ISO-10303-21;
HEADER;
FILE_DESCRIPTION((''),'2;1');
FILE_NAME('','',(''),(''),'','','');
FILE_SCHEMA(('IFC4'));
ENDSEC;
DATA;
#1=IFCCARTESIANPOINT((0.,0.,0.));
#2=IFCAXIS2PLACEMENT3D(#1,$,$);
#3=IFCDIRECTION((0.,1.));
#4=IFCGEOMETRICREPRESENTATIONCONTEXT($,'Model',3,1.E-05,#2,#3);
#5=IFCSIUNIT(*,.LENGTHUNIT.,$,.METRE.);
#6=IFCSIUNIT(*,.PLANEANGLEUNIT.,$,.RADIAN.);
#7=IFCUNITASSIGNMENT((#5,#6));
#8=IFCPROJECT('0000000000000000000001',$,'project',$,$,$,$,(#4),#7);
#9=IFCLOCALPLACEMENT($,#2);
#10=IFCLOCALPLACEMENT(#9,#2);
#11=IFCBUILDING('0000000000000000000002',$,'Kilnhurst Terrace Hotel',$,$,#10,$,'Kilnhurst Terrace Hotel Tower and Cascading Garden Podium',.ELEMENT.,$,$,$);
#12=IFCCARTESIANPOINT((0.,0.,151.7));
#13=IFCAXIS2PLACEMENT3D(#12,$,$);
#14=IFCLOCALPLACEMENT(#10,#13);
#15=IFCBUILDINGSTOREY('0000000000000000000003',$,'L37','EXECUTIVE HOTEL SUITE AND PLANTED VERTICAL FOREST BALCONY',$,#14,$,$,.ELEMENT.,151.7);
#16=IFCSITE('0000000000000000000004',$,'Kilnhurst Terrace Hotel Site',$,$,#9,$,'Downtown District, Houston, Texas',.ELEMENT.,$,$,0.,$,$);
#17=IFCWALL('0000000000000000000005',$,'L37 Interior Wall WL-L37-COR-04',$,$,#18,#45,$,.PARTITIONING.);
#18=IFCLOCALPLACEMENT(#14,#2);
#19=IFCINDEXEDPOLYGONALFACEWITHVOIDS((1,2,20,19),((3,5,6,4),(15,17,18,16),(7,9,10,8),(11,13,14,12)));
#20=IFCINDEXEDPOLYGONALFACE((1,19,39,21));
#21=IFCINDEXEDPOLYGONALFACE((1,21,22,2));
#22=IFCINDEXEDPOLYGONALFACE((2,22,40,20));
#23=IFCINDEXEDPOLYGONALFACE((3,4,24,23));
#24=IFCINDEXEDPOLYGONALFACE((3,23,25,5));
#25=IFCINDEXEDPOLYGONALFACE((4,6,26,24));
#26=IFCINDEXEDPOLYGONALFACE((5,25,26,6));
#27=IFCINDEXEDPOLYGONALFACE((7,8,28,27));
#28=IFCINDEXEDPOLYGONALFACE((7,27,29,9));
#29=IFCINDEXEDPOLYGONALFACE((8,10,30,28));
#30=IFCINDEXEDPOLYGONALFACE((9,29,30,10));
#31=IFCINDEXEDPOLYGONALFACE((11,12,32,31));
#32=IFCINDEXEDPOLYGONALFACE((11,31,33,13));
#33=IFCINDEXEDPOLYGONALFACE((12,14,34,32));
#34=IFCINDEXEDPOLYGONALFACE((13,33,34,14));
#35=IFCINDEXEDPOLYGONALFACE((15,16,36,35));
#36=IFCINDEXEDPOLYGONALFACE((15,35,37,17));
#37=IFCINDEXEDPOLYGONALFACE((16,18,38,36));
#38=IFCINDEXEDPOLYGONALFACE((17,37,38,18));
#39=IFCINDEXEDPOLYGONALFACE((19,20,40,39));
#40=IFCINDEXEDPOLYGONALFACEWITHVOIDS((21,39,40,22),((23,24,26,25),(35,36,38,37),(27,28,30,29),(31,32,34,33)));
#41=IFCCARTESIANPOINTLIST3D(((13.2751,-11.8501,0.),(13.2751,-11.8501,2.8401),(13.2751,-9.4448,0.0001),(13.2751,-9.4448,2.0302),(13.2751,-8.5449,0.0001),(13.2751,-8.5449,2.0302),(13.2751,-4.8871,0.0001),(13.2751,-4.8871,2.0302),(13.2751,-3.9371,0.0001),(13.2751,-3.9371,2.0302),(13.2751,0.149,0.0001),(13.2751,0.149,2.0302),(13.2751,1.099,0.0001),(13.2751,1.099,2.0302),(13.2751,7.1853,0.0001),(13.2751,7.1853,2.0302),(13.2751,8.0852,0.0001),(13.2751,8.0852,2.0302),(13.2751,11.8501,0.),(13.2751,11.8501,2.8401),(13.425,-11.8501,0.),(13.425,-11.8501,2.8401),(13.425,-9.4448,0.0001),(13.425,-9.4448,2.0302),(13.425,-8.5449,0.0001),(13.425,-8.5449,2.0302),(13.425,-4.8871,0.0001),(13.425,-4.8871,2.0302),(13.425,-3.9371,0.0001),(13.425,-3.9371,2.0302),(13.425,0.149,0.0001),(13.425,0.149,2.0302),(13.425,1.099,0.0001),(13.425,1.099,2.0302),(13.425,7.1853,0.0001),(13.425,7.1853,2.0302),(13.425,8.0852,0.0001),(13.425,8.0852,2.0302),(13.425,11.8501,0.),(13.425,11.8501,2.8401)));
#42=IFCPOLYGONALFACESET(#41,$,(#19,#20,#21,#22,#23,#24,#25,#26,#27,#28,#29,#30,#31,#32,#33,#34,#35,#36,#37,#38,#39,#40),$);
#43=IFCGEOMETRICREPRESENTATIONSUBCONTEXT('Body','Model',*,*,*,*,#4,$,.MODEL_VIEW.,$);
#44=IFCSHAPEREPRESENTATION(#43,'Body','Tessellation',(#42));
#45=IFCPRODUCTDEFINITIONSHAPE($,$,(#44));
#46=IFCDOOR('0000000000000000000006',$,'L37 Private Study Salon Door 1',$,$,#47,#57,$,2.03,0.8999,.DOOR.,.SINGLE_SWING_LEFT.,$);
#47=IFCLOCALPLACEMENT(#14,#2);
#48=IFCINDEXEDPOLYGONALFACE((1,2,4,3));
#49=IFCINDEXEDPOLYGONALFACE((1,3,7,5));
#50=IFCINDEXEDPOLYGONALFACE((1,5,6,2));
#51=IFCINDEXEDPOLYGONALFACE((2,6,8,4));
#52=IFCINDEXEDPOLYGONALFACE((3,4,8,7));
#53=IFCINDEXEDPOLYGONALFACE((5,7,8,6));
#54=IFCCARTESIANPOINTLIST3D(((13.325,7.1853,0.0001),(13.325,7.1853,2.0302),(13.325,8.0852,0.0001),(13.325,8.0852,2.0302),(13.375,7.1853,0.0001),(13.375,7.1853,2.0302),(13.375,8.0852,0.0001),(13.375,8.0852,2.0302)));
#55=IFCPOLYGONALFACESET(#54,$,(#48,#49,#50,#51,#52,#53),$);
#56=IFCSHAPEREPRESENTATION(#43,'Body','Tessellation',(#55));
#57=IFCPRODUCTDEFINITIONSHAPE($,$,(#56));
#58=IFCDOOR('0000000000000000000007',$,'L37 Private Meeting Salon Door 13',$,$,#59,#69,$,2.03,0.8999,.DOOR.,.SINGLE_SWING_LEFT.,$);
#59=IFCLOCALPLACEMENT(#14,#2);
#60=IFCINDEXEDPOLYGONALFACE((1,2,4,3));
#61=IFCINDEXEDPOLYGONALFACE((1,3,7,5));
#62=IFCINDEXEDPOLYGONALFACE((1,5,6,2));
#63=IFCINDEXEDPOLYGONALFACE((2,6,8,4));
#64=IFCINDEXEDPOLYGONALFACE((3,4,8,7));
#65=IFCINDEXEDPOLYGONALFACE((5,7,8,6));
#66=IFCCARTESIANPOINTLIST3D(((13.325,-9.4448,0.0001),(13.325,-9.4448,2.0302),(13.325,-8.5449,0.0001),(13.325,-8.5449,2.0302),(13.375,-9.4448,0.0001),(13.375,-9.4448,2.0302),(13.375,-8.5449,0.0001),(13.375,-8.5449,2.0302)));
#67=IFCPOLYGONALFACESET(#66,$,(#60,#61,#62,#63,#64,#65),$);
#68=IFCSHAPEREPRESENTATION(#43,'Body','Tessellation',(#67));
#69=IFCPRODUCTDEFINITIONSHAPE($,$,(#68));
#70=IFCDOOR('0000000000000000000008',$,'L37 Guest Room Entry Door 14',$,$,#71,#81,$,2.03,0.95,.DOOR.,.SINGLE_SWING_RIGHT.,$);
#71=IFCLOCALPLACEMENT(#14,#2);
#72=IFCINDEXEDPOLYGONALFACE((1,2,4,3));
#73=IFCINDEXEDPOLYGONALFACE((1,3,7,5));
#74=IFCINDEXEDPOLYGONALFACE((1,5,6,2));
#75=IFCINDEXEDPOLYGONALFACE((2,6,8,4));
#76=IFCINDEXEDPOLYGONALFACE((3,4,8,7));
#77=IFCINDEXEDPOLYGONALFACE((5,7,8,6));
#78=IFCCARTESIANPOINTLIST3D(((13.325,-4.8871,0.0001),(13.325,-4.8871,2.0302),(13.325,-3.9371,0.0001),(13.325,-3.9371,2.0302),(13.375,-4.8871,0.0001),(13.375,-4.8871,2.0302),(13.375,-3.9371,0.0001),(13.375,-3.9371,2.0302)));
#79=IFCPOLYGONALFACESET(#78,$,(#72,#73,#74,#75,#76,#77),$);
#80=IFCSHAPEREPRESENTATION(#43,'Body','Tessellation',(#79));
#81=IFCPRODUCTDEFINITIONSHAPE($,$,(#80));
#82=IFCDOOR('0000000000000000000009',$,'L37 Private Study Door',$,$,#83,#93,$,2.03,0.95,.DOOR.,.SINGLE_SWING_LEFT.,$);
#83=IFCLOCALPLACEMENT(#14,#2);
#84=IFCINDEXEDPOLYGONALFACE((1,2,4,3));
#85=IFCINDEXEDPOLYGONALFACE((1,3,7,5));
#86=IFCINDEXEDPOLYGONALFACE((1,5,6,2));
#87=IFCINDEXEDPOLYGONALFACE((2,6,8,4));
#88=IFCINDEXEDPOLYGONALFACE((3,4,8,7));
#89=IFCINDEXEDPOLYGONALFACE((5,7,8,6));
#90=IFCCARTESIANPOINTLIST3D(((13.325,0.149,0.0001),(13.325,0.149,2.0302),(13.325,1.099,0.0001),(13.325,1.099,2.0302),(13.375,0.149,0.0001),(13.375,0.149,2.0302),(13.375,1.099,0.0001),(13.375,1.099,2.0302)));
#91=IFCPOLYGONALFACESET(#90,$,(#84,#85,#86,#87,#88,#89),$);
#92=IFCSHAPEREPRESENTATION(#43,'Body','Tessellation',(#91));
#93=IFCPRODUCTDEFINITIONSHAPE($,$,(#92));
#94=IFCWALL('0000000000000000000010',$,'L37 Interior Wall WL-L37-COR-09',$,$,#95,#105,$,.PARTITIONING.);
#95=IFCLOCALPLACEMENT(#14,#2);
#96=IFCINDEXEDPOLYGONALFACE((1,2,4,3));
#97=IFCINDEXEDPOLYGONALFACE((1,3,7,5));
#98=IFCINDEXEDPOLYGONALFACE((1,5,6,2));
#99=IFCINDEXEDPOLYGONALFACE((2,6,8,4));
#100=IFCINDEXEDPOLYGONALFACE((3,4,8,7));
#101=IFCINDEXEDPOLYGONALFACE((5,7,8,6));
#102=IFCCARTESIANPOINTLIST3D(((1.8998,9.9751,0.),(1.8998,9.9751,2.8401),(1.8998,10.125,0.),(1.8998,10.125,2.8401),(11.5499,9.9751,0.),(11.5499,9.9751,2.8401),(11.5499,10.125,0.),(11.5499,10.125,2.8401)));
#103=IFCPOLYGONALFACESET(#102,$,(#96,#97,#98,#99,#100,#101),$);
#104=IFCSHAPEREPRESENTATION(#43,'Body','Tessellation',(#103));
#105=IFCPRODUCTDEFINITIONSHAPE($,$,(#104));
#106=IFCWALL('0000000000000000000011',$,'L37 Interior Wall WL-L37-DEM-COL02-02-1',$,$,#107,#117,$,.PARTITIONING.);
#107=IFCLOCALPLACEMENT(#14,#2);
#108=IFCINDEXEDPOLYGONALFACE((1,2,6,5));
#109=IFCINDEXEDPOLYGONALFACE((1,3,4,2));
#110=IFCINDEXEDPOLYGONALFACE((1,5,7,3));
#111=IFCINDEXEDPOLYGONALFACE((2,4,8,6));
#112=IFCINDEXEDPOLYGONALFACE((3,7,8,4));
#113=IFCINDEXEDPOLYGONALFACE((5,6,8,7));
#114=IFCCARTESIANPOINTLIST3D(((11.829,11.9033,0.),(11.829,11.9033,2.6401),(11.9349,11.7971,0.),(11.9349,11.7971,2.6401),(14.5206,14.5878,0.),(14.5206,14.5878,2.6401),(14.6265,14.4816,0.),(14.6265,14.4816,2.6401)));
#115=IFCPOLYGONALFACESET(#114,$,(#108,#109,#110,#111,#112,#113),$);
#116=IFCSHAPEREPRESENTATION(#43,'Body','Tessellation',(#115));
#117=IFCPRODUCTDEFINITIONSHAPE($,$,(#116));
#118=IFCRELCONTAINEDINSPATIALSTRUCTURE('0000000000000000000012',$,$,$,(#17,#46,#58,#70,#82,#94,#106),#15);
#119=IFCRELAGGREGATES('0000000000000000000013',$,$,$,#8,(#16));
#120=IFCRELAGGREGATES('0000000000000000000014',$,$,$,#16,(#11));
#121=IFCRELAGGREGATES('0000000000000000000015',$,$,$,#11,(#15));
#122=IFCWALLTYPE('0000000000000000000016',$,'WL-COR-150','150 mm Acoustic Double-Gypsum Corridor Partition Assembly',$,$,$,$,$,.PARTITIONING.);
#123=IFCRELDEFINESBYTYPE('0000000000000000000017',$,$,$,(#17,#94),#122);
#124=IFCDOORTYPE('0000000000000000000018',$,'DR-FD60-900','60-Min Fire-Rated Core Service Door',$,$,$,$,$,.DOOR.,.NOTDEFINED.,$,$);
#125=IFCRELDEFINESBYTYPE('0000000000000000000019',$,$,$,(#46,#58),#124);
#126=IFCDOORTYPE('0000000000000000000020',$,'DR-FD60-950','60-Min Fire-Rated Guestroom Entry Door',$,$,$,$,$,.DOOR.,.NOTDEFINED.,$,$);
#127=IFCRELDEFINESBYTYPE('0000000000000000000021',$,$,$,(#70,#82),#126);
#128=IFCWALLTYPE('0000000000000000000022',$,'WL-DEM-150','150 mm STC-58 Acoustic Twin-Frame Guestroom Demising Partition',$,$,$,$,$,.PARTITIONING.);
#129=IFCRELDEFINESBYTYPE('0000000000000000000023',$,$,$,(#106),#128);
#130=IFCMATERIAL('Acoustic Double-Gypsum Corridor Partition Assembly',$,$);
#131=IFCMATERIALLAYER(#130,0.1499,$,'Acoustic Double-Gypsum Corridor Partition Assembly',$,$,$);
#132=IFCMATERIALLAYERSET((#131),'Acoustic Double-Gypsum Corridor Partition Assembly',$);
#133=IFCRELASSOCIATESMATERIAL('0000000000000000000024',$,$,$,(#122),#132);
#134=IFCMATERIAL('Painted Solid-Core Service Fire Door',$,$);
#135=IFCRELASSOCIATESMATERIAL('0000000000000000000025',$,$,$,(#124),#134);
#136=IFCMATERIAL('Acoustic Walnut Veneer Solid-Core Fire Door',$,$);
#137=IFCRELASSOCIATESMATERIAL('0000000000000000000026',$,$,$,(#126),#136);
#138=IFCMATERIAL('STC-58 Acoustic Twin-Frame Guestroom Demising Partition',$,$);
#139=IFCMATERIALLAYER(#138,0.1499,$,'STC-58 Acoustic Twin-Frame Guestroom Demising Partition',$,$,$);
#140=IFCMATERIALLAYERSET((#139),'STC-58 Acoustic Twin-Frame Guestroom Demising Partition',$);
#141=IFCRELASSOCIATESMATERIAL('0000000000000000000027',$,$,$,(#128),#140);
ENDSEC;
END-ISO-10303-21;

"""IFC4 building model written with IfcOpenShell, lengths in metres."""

from ifc_helpers import new_model, si_unit, direction, frame, frame_2d, origin, place, context, subcontext, project, spatial, rectangle, extrude, material, layer, layer_set, type_object, element, fill, save


model = new_model("IFC4")

# Units and contexts
model_context = context("Model", 3, precision=1e-05, world=origin(), true_north=direction((0.0, 1.0)))
body_context = subcontext(model_context, "Body", "Model", "MODEL_VIEW")
ifc_project = project(units=[si_unit("LENGTHUNIT", "METRE"), si_unit("PLANEANGLEUNIT", "RADIAN")], contexts=[model_context])

# Site, building, storey
site_placement = place(None, origin())
site = spatial("IfcSite", under=ifc_project, at=site_placement, Name="Kilnhurst Terrace Hotel Site", LongName="Downtown District, Houston, Texas", CompositionType="ELEMENT", RefElevation=0.0)
building_placement = place(site_placement, origin())
building = spatial("IfcBuilding", under=site, at=building_placement, Name="Kilnhurst Terrace Hotel", LongName="Kilnhurst Terrace Hotel Tower and Cascading Garden Podium", CompositionType="ELEMENT")
storey_placement = place(building_placement, frame((0.0, 0.0, 151.7)))
storey = spatial("IfcBuildingStorey", under=building, at=storey_placement, Name="L37", Description="EXECUTIVE HOTEL SUITE AND PLANTED VERTICAL FOREST BALCONY", CompositionType="ELEMENT", Elevation=151.7)

# Wall, openings, doors
ifc_material_1 = material(Name="Acoustic Double-Gypsum Corridor Partition Assembly")
ifc_layer_1 = layer(ifc_material_1, 0.1499, Name="Acoustic Double-Gypsum Corridor Partition Assembly")
ifc_layer_set_1 = layer_set([ifc_layer_1], Name="Acoustic Double-Gypsum Corridor Partition Assembly")
wall_type_1 = type_object("IfcWallType", Name="WL-COR-150", Description="150 mm Acoustic Double-Gypsum Corridor Partition Assembly", PredefinedType="PARTITIONING", material=ifc_layer_set_1)
wall_1_placement = place(storey_placement, frame((13.3501, 11.8501, 0.0), z_axis=(0.0, 0.0, 1.0), x_axis=(0.0, -1.0, 0.0)))
wall_1 = element("IfcWall", 1, at=wall_1_placement, inside=storey, type_object=wall_type_1, Name="L37 Interior Wall WL-L37-COR-04", PredefinedType="PARTITIONING", context=body_context, shape_type="SweptSolid", body=[
    extrude(rectangle(XDim=23.7002, YDim=0.1499, at=frame_2d((11.8501, 0.0))), origin(), (0.0, 0.0, 1.0), 2.8401),
])
opening_1_placement = place(wall_1_placement, frame((3.7649, 0.0, 0.0)))
opening_1 = element("IfcOpeningElement", 2, at=opening_1_placement, cuts=wall_1, PredefinedType="OPENING", context=body_context, shape_type="SweptSolid", body=[
    extrude(rectangle(XDim=0.8999, YDim=2.03, at=frame_2d((0.45, 1.0151))), frame((0.0, 0.085, 0.0), z_axis=(0.0, -1.0, 0.0), x_axis=(1.0, 0.0, 0.0)), (0.0, 0.0, 1.0), 0.1699),
])
opening_2_placement = place(wall_1_placement, frame((20.395, 0.0, 0.0)))
opening_2 = element("IfcOpeningElement", 3, at=opening_2_placement, cuts=wall_1, PredefinedType="OPENING", context=body_context, shape_type="SweptSolid", body=[
    extrude(rectangle(XDim=0.8999, YDim=2.03, at=frame_2d((0.45, 1.0151))), frame((0.0, 0.085, 0.0), z_axis=(0.0, -1.0, 0.0), x_axis=(1.0, 0.0, 0.0)), (0.0, 0.0, 1.0), 0.1699),
])
opening_3_placement = place(wall_1_placement, frame((15.7871, 0.0, 0.0)))
opening_3 = element("IfcOpeningElement", 4, at=opening_3_placement, cuts=wall_1, PredefinedType="OPENING", context=body_context, shape_type="SweptSolid", body=[
    extrude(rectangle(XDim=0.95, YDim=2.03, at=frame_2d((0.4751, 1.0151))), frame((0.0, 0.085, 0.0), z_axis=(0.0, -1.0, 0.0), x_axis=(1.0, 0.0, 0.0)), (0.0, 0.0, 1.0), 0.1699),
])
opening_4_placement = place(wall_1_placement, frame((10.751, 0.0, 0.0)))
opening_4 = element("IfcOpeningElement", 5, at=opening_4_placement, cuts=wall_1, PredefinedType="OPENING", context=body_context, shape_type="SweptSolid", body=[
    extrude(rectangle(XDim=0.95, YDim=2.03, at=frame_2d((0.4751, 1.0151))), frame((0.0, 0.085, 0.0), z_axis=(0.0, -1.0, 0.0), x_axis=(1.0, 0.0, 0.0)), (0.0, 0.0, 1.0), 0.1699),
])
ifc_material_2 = material(Name="Painted Solid-Core Service Fire Door")
door_type_1 = type_object("IfcDoorType", Name="DR-FD60-900", Description="60-Min Fire-Rated Core Service Door", OperationType="NOTDEFINED", PredefinedType="DOOR", material=ifc_material_2)
door_1_placement = place(opening_1_placement, origin())
door_1 = element("IfcDoor", 6, at=door_1_placement, inside=storey, type_object=door_type_1, Name="L37 Private Study Salon Door 1", OperationType="SINGLE_SWING_LEFT", OverallHeight=2.03, OverallWidth=0.8999, PredefinedType="DOOR", context=body_context, shape_type="SweptSolid", body=[
    extrude(rectangle(XDim=0.8999, YDim=2.03, at=frame_2d((0.45, 1.0151))), frame((0.0, 0.0249, 0.0), z_axis=(0.0, -1.0, 0.0), x_axis=(1.0, 0.0, 0.0)), (0.0, 0.0, 1.0), 0.05),
])
fill(opening_1, door_1)
door_2_placement = place(opening_2_placement, origin())
door_2 = element("IfcDoor", 7, at=door_2_placement, inside=storey, type_object=door_type_1, Name="L37 Private Meeting Salon Door 13", OperationType="SINGLE_SWING_LEFT", OverallHeight=2.03, OverallWidth=0.8999, PredefinedType="DOOR", context=body_context, shape_type="SweptSolid", body=[
    extrude(rectangle(XDim=0.8999, YDim=2.03, at=frame_2d((0.45, 1.0151))), frame((0.0, 0.0249, 0.0), z_axis=(0.0, -1.0, 0.0), x_axis=(1.0, 0.0, 0.0)), (0.0, 0.0, 1.0), 0.05),
])
fill(opening_2, door_2)
ifc_material_3 = material(Name="Acoustic Walnut Veneer Solid-Core Fire Door")
door_type_2 = type_object("IfcDoorType", Name="DR-FD60-950", Description="60-Min Fire-Rated Guestroom Entry Door", OperationType="NOTDEFINED", PredefinedType="DOOR", material=ifc_material_3)
door_3_placement = place(opening_3_placement, origin())
door_3 = element("IfcDoor", 8, at=door_3_placement, inside=storey, type_object=door_type_2, Name="L37 Guest Room Entry Door 14", OperationType="SINGLE_SWING_RIGHT", OverallHeight=2.03, OverallWidth=0.95, PredefinedType="DOOR", context=body_context, shape_type="SweptSolid", body=[
    extrude(rectangle(XDim=0.95, YDim=2.03, at=frame_2d((0.4751, 1.0151))), frame((0.0, 0.0249, 0.0), z_axis=(0.0, -1.0, 0.0), x_axis=(1.0, 0.0, 0.0)), (0.0, 0.0, 1.0), 0.05),
])
fill(opening_3, door_3)
door_4_placement = place(opening_4_placement, origin())
door_4 = element("IfcDoor", 9, at=door_4_placement, inside=storey, type_object=door_type_2, Name="L37 Private Study Door", OperationType="SINGLE_SWING_LEFT", OverallHeight=2.03, OverallWidth=0.95, PredefinedType="DOOR", context=body_context, shape_type="SweptSolid", body=[
    extrude(rectangle(XDim=0.95, YDim=2.03, at=frame_2d((0.4751, 1.0151))), frame((0.0, 0.0249, 0.0), z_axis=(0.0, -1.0, 0.0), x_axis=(1.0, 0.0, 0.0)), (0.0, 0.0, 1.0), 0.05),
])
fill(opening_4, door_4)

# Walls
wall_2_placement = place(storey_placement, frame((11.55, 10.05, 0.0), z_axis=(0.0, 0.0, 1.0), x_axis=(-1.0, 0.0, 0.0)))
element("IfcWall", 10, at=wall_2_placement, inside=storey, type_object=wall_type_1, Name="L37 Interior Wall WL-L37-COR-09", PredefinedType="PARTITIONING", context=body_context, shape_type="SweptSolid", body=[
    extrude(rectangle(XDim=9.6501, YDim=0.1499, at=frame_2d((4.8252, 0.0))), origin(), (0.0, 0.0, 1.0), 2.8401),
])
ifc_material_4 = material(Name="STC-58 Acoustic Twin-Frame Guestroom Demising Partition")
ifc_layer_2 = layer(ifc_material_4, 0.1499, Name="STC-58 Acoustic Twin-Frame Guestroom Demising Partition")
ifc_layer_set_2 = layer_set([ifc_layer_2], Name="STC-58 Acoustic Twin-Frame Guestroom Demising Partition")
wall_type_2 = type_object("IfcWallType", Name="WL-DEM-150", Description="150 mm STC-58 Acoustic Twin-Frame Guestroom Demising Partition", PredefinedType="PARTITIONING", material=ifc_layer_set_2)
wall_3_placement = place(storey_placement, frame((11.8818, 11.8501, 0.0), z_axis=(0.0, 0.0, 1.0), x_axis=(0.708037, 0.706175, 0.0)))
element("IfcWall", 11, at=wall_3_placement, inside=storey, type_object=wall_type_2, Name="L37 Interior Wall WL-L37-DEM-COL02-02-1", PredefinedType="PARTITIONING", context=body_context, shape_type="SweptSolid", body=[
    extrude(rectangle(XDim=3.8015, YDim=0.1499, at=frame_2d((1.9009, 0.0))), origin(), (0.0, 0.0, 1.0), 2.6401),
])

save(model, "model.ifc")
